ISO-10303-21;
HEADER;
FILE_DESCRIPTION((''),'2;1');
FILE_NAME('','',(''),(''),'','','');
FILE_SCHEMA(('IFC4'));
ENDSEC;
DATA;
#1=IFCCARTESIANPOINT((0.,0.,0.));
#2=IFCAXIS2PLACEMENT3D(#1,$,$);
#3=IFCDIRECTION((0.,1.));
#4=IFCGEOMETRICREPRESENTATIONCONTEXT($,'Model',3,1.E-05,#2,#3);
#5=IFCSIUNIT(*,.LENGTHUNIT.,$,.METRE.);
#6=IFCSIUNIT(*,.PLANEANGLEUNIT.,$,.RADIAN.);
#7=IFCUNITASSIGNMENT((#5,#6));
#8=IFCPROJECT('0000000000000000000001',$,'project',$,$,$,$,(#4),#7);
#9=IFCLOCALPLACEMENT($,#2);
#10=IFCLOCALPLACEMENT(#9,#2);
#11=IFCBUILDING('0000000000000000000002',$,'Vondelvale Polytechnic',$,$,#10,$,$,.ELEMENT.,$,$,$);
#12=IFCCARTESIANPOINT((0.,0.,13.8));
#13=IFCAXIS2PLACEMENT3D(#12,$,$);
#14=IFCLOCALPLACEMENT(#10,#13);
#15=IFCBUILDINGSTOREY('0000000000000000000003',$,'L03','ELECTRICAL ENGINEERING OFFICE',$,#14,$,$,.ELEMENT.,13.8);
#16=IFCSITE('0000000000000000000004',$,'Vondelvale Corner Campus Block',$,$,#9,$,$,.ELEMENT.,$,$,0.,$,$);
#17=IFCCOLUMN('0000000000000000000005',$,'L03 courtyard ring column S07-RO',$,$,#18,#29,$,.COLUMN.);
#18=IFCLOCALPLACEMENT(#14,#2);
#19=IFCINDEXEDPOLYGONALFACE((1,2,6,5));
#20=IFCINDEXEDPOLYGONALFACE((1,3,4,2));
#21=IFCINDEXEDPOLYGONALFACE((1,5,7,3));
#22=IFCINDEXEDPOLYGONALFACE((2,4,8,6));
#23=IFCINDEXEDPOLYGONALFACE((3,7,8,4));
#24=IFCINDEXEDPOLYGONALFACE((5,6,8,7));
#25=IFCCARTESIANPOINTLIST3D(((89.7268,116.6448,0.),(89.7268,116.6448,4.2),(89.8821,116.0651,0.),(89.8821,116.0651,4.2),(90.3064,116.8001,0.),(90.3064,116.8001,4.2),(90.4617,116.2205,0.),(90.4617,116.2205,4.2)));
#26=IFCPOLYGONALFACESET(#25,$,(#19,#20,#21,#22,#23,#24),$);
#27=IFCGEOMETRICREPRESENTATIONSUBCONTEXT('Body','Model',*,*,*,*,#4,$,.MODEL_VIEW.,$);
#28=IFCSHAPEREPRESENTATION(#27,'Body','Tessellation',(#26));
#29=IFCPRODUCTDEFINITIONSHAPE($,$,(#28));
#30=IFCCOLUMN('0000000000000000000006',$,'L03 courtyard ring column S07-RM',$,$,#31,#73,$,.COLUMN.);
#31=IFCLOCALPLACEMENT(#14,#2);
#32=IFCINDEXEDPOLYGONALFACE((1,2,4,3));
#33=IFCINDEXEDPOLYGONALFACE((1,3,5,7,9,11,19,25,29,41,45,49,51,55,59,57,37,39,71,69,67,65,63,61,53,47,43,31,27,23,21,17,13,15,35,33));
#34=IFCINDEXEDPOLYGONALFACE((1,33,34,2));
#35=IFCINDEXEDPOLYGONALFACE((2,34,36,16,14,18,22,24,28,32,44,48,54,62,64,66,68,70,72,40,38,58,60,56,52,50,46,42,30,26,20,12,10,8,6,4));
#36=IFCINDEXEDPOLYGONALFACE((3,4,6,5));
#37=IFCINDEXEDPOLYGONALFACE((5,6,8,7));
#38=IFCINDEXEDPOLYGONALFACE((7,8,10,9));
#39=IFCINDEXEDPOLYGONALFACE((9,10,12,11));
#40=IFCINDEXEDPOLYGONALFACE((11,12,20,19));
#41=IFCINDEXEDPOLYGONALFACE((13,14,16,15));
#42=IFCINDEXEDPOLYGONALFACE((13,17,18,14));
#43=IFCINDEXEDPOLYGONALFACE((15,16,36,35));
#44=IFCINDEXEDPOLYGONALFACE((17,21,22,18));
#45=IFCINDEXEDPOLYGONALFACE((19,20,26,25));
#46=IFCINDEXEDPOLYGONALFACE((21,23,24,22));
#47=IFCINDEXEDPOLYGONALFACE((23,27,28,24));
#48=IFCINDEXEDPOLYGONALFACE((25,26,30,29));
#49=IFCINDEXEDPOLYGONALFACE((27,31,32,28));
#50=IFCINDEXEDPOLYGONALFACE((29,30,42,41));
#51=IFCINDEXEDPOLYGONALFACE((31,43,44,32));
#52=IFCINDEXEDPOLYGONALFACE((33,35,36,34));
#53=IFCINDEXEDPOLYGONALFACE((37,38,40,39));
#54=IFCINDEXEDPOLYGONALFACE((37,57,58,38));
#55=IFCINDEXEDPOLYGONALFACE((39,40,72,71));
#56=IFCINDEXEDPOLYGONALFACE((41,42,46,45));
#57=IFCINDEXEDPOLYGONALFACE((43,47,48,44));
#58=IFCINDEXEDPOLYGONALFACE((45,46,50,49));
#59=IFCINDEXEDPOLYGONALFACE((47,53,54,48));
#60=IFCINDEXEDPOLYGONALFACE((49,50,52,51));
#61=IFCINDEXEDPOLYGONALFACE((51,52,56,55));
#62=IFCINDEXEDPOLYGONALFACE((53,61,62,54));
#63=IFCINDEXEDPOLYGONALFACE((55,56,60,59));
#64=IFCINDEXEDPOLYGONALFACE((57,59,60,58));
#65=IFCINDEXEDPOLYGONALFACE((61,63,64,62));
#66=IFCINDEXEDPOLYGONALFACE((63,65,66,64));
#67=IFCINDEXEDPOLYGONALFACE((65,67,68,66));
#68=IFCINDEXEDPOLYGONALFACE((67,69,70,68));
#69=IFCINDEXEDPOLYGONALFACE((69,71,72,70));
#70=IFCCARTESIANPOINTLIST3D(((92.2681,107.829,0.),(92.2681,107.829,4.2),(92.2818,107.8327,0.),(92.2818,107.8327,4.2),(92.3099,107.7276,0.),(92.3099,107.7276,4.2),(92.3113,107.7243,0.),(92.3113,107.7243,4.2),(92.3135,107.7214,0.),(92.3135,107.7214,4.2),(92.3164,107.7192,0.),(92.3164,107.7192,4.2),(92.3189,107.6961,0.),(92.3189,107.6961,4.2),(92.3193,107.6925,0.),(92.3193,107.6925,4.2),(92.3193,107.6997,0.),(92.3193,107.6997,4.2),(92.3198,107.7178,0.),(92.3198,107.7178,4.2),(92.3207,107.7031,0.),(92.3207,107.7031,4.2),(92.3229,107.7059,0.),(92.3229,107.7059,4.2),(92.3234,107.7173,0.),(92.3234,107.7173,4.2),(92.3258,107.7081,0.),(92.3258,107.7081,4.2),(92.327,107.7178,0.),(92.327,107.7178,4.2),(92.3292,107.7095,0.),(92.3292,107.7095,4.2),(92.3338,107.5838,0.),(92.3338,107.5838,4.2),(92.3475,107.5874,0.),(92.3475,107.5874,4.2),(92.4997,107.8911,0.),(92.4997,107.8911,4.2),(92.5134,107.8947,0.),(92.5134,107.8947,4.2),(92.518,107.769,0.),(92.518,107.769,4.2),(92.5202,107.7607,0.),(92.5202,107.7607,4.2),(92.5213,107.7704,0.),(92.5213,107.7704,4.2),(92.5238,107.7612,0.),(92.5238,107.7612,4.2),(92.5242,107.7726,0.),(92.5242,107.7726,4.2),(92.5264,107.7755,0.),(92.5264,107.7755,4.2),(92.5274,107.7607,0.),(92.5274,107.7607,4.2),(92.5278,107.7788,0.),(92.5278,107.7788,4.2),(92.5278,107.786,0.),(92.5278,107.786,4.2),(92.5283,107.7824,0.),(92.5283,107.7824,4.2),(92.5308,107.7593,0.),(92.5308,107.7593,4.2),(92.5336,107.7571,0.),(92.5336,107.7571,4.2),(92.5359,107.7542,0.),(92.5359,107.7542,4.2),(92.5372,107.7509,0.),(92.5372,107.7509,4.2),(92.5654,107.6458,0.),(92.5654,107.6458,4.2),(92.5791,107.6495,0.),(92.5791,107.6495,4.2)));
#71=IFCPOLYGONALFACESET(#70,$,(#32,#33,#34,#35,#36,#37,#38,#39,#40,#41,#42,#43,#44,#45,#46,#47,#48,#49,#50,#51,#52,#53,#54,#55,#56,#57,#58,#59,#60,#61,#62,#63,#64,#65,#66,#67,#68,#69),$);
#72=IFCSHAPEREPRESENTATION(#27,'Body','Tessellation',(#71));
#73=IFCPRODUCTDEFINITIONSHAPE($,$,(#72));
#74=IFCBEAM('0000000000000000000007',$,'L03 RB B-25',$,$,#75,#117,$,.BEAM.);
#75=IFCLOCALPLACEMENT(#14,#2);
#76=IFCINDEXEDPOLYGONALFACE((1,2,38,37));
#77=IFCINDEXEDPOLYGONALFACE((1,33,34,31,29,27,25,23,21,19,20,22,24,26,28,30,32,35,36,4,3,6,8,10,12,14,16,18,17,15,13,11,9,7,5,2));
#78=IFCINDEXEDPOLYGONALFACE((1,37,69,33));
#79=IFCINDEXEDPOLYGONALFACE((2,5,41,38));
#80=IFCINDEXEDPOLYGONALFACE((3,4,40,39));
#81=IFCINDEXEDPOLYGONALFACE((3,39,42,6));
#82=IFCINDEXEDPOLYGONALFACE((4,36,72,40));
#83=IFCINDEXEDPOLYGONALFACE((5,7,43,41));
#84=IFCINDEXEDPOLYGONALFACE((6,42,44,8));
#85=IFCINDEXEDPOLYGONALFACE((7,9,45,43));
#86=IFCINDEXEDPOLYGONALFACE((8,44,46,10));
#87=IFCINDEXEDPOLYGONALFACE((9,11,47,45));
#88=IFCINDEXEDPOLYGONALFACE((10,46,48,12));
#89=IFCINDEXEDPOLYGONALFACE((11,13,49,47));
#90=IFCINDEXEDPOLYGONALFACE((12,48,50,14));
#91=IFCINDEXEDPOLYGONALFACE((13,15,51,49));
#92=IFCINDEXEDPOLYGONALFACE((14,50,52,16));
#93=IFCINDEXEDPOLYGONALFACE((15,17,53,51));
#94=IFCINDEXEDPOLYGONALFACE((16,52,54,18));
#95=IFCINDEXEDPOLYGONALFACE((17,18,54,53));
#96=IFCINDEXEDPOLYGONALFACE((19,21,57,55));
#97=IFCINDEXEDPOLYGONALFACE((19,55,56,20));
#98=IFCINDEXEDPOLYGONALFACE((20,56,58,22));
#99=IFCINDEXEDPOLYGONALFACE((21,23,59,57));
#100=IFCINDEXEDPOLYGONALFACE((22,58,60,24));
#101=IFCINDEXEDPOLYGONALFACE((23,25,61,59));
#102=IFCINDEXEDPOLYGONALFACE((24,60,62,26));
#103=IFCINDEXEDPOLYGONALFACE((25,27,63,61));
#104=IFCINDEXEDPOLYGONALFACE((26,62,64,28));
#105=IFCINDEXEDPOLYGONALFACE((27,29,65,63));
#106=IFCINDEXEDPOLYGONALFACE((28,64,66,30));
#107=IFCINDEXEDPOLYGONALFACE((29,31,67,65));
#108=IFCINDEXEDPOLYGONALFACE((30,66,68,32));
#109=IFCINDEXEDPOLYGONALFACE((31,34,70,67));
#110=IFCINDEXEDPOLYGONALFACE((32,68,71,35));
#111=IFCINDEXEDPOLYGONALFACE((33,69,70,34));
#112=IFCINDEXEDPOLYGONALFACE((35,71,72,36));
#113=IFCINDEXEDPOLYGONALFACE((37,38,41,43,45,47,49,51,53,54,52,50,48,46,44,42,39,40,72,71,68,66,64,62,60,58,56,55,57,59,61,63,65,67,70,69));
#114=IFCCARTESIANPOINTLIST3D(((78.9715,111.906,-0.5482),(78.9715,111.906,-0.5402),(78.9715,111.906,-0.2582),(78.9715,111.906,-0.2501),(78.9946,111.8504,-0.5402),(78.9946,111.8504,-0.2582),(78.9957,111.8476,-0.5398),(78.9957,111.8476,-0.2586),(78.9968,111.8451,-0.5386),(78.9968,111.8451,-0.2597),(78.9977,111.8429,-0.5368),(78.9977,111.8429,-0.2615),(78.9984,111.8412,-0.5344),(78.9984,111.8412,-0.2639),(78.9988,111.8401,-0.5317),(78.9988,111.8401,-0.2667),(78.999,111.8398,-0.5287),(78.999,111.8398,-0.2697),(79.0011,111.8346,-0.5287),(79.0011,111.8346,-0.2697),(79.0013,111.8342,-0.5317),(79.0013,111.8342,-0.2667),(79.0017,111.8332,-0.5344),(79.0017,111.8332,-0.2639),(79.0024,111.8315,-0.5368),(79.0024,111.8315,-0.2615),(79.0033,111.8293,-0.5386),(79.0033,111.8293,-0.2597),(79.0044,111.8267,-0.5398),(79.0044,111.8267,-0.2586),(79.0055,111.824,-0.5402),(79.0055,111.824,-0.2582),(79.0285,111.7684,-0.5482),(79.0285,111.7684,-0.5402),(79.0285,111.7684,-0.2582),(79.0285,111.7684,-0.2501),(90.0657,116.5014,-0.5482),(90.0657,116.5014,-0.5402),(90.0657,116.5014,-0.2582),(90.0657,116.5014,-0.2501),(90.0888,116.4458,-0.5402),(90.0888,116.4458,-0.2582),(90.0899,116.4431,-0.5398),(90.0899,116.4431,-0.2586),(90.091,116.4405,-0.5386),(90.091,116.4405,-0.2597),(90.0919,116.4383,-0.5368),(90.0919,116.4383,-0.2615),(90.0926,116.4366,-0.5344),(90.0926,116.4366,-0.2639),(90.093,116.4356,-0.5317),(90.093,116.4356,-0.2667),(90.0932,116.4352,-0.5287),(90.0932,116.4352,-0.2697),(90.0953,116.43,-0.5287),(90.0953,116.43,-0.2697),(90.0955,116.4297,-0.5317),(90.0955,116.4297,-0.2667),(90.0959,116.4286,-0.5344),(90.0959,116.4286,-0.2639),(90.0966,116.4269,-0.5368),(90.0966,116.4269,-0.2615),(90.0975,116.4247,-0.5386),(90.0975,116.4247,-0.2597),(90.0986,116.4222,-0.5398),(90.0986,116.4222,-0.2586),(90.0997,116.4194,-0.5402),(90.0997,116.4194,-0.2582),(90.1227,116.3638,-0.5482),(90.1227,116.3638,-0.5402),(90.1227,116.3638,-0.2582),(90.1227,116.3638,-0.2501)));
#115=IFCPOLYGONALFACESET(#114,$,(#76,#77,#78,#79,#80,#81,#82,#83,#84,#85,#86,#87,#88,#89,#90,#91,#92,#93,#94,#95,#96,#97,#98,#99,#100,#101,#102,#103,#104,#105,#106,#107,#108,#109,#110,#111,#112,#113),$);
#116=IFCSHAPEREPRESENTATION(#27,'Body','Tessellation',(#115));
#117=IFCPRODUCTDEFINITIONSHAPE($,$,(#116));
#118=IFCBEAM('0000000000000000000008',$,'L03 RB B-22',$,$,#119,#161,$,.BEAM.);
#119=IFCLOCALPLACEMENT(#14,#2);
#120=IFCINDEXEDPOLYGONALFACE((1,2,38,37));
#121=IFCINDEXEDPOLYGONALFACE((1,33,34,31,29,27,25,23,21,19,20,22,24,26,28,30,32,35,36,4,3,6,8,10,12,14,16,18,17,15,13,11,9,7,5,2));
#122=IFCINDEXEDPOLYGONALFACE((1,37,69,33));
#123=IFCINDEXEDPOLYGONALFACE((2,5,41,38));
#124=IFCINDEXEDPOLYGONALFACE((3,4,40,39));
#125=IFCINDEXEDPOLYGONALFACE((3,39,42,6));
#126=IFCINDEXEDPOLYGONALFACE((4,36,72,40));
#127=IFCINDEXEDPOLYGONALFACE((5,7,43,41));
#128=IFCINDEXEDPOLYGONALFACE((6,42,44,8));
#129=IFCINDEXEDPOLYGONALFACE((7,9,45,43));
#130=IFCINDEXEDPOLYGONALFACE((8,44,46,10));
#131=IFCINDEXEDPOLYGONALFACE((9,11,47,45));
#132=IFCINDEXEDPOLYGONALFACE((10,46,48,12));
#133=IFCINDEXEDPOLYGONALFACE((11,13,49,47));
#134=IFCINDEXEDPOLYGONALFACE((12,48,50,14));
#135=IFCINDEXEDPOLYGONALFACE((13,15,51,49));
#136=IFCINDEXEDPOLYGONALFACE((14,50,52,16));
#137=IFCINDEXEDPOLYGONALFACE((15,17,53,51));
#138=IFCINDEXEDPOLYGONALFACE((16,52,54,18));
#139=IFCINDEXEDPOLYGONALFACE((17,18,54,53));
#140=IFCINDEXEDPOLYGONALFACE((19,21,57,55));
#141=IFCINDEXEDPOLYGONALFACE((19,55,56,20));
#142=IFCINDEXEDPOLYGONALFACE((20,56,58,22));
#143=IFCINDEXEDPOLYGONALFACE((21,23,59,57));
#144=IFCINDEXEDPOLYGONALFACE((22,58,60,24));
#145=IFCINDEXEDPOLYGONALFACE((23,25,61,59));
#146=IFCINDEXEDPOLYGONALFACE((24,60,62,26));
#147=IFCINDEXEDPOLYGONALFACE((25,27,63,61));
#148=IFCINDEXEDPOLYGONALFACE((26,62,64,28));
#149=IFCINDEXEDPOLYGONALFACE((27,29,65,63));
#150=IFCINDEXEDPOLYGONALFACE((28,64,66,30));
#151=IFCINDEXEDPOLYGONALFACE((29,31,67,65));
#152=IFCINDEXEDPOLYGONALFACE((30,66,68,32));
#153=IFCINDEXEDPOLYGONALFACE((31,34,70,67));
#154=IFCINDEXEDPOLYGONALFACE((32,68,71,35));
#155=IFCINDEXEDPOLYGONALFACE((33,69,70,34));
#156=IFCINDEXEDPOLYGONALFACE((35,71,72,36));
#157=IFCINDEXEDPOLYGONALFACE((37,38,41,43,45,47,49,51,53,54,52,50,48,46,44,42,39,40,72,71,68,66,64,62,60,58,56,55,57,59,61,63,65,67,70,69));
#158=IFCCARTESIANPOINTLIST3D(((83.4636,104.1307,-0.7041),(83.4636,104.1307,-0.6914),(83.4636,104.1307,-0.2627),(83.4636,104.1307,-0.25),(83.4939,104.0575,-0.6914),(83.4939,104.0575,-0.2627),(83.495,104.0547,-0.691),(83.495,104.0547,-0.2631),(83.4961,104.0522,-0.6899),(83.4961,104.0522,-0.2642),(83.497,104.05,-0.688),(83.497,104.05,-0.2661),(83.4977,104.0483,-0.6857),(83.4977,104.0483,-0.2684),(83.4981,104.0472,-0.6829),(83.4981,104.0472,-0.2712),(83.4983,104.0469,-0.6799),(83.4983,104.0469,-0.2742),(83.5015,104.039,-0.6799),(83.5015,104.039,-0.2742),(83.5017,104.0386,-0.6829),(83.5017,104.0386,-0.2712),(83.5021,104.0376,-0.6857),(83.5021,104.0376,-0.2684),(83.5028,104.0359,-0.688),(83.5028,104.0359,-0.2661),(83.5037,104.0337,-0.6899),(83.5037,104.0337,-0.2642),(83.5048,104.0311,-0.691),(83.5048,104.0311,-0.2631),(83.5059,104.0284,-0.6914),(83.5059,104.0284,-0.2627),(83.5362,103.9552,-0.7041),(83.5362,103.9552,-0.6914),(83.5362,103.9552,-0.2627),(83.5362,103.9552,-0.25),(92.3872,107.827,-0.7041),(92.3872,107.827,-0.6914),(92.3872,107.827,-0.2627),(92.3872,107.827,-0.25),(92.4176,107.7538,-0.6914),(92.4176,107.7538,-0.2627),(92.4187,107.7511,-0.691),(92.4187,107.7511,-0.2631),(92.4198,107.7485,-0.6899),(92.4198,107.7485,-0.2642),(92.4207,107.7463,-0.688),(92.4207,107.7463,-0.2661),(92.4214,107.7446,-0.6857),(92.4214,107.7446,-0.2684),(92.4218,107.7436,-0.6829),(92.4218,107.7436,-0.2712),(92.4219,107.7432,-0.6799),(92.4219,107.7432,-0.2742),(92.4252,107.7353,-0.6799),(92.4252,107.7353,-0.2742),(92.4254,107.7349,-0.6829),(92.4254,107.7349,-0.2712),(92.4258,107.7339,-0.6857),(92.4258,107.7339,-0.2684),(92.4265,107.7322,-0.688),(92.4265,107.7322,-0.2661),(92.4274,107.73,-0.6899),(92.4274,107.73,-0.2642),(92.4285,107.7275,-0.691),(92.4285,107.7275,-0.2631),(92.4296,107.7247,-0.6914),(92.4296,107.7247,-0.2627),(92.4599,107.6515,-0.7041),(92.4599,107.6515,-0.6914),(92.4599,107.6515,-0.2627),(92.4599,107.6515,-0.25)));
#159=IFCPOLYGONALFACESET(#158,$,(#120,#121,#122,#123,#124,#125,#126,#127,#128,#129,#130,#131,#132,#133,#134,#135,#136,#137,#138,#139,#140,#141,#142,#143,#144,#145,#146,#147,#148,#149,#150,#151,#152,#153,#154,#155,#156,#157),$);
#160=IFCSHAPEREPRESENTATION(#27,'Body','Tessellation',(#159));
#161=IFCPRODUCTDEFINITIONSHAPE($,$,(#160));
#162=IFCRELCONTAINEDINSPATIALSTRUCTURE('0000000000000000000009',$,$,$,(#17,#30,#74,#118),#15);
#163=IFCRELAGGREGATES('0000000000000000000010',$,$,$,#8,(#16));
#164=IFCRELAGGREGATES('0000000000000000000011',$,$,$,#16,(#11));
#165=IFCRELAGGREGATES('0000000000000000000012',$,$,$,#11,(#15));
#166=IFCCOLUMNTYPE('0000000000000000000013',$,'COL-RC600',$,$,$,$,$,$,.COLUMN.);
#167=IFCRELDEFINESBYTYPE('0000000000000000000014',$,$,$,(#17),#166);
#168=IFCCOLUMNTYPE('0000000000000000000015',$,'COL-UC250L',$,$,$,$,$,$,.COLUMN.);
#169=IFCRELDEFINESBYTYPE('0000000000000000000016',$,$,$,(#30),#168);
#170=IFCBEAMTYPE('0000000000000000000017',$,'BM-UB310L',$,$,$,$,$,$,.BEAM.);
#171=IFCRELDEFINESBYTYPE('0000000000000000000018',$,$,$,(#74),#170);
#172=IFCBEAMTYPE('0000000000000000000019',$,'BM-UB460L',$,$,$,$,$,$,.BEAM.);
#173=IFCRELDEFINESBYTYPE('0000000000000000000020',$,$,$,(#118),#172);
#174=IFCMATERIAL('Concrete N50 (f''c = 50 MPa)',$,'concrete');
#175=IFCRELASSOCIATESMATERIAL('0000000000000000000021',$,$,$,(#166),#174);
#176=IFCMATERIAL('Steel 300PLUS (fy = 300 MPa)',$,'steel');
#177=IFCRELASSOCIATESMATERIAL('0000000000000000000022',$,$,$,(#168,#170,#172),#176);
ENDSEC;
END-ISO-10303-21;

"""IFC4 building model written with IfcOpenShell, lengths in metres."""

from ifc_helpers import new_model, si_unit, direction, frame, origin, origin_2d, place, context, subcontext, project, spatial, rectangle, i_section, extrude, material, material_profile, profile_set, type_object, element, save


model = new_model("IFC4")

# Units and contexts
model_context = context("Model", 3, precision=1e-05, world=origin(), true_north=direction((0.0, 1.0)))
body_context = subcontext(model_context, "Body", "Model", "MODEL_VIEW")
ifc_project = project(units=[si_unit("LENGTHUNIT", "METRE"), si_unit("PLANEANGLEUNIT", "RADIAN")], contexts=[model_context])

# Site, building, storey
site_placement = place(None, origin())
site = spatial("IfcSite", under=ifc_project, at=site_placement, Name="Vondelvale Corner Campus Block", CompositionType="ELEMENT", RefElevation=0.0)
building_placement = place(site_placement, origin())
building = spatial("IfcBuilding", under=site, at=building_placement, Name="Vondelvale Polytechnic", CompositionType="ELEMENT")
storey_placement = place(building_placement, frame((0.0, 0.0, 13.8)))
storey = spatial("IfcBuildingStorey", under=building, at=storey_placement, Name="L03", Description="ELECTRICAL ENGINEERING OFFICE", CompositionType="ELEMENT", Elevation=13.8)

# Columns
ifc_material_1 = material(Name="Concrete N50 (f'c = 50 MPa)", Category="concrete")
ifc_material_profile_1 = material_profile(ifc_material_1, rectangle(XDim=0.6001, YDim=0.6001, at=origin_2d()), Name="RC-COL-600x600")
ifc_profile_set_1 = profile_set([ifc_material_profile_1], Name="Concrete N50 (f'c = 50 MPa)")
column_type_1 = type_object("IfcColumnType", Name="COL-RC600", PredefinedType="COLUMN", material=ifc_profile_set_1)
column_1_placement = place(storey_placement, frame((90.0942, 116.4326, 0.0), z_axis=(0.0, 0.0, 1.0), x_axis=(-0.258819, 0.965926, 0.0)))
element("IfcColumn", 1, at=column_1_placement, inside=storey, type_object=column_type_1, Name="L03 courtyard ring column S07-RO", PredefinedType="COLUMN", context=body_context, shape_type="SweptSolid", body=[
    extrude(rectangle(XDim=0.6001, YDim=0.6001, at=origin_2d()), origin(), (0.0, 0.0, 1.0), 4.2),
])
ifc_material_2 = material(Name="Steel 300PLUS (fy = 300 MPa)", Category="steel")
ifc_material_profile_2 = material_profile(ifc_material_2, i_section(OverallWidth=0.2539, OverallDepth=0.2539, WebThickness=0.0085, FlangeThickness=0.0142, FilletRadius=0.0139, at=origin_2d()), Name="250UC72.9")
ifc_profile_set_2 = profile_set([ifc_material_profile_2], Name="Steel 300PLUS (fy = 300 MPa)")
column_type_2 = type_object("IfcColumnType", Name="COL-UC250L", PredefinedType="COLUMN", material=ifc_profile_set_2)
column_2_placement = place(storey_placement, frame((92.4236, 107.7393, 0.0), z_axis=(0.0, 0.0, 1.0), x_axis=(-0.258819, 0.965926, 0.0)))
element("IfcColumn", 2, at=column_2_placement, inside=storey, type_object=column_type_2, Name="L03 courtyard ring column S07-RM", PredefinedType="COLUMN", context=body_context, shape_type="SweptSolid", body=[
    extrude(i_section(OverallWidth=0.2539, OverallDepth=0.2539, WebThickness=0.0085, FlangeThickness=0.0142, FilletRadius=0.0139, at=origin_2d()), origin(), (0.0, 0.0, 1.0), 4.2),
])

# Beams
ifc_material_profile_3 = material_profile(ifc_material_2, i_section(OverallWidth=0.1489, OverallDepth=0.2981, WebThickness=0.0056, FlangeThickness=0.0081, FilletRadius=0.0115, at=origin_2d()), Name="310UB32.0")
ifc_profile_set_3 = profile_set([ifc_material_profile_3], Name="Steel 300PLUS (fy = 300 MPa)")
beam_type_1 = type_object("IfcBeamType", Name="BM-UB310L", PredefinedType="BEAM", material=ifc_profile_set_3)
beam_1_placement = place(storey_placement, frame((90.0942, 116.4326, -0.3992), z_axis=(-0.923877, -0.382689, 0.0), x_axis=(0.382689, -0.923877, 0.0)))
element("IfcBeam", 3, at=beam_1_placement, inside=storey, type_object=beam_type_1, Name="L03 RB B-25", PredefinedType="BEAM", context=body_context, shape_type="SweptSolid", body=[
    extrude(i_section(OverallWidth=0.1489, OverallDepth=0.2981, WebThickness=0.0056, FlangeThickness=0.0081, FilletRadius=0.0115, at=origin_2d()), origin(), (0.0, 0.0, 1.0), 12.0083),
])
ifc_material_profile_4 = material_profile(ifc_material_2, i_section(OverallWidth=0.1899, OverallDepth=0.4541, WebThickness=0.0085, FlangeThickness=0.0127, FilletRadius=0.0115, at=origin_2d()), Name="460UB67.1")
ifc_profile_set_4 = profile_set([ifc_material_profile_4], Name="Steel 300PLUS (fy = 300 MPa)")
beam_type_2 = type_object("IfcBeamType", Name="BM-UB460L", PredefinedType="BEAM", material=ifc_profile_set_4)
beam_2_placement = place(storey_placement, frame((92.4236, 107.7393, -0.4771), z_axis=(-0.923879, -0.382685, 0.0), x_axis=(0.382685, -0.923879, 0.0)))
element("IfcBeam", 4, at=beam_2_placement, inside=storey, type_object=beam_type_2, Name="L03 RB B-22", PredefinedType="BEAM", context=body_context, shape_type="SweptSolid", body=[
    extrude(i_section(OverallWidth=0.1899, OverallDepth=0.4541, WebThickness=0.0085, FlangeThickness=0.0127, FilletRadius=0.0115, at=origin_2d()), origin(), (0.0, 0.0, 1.0), 9.6589),
])

save(model, "model.ifc")
